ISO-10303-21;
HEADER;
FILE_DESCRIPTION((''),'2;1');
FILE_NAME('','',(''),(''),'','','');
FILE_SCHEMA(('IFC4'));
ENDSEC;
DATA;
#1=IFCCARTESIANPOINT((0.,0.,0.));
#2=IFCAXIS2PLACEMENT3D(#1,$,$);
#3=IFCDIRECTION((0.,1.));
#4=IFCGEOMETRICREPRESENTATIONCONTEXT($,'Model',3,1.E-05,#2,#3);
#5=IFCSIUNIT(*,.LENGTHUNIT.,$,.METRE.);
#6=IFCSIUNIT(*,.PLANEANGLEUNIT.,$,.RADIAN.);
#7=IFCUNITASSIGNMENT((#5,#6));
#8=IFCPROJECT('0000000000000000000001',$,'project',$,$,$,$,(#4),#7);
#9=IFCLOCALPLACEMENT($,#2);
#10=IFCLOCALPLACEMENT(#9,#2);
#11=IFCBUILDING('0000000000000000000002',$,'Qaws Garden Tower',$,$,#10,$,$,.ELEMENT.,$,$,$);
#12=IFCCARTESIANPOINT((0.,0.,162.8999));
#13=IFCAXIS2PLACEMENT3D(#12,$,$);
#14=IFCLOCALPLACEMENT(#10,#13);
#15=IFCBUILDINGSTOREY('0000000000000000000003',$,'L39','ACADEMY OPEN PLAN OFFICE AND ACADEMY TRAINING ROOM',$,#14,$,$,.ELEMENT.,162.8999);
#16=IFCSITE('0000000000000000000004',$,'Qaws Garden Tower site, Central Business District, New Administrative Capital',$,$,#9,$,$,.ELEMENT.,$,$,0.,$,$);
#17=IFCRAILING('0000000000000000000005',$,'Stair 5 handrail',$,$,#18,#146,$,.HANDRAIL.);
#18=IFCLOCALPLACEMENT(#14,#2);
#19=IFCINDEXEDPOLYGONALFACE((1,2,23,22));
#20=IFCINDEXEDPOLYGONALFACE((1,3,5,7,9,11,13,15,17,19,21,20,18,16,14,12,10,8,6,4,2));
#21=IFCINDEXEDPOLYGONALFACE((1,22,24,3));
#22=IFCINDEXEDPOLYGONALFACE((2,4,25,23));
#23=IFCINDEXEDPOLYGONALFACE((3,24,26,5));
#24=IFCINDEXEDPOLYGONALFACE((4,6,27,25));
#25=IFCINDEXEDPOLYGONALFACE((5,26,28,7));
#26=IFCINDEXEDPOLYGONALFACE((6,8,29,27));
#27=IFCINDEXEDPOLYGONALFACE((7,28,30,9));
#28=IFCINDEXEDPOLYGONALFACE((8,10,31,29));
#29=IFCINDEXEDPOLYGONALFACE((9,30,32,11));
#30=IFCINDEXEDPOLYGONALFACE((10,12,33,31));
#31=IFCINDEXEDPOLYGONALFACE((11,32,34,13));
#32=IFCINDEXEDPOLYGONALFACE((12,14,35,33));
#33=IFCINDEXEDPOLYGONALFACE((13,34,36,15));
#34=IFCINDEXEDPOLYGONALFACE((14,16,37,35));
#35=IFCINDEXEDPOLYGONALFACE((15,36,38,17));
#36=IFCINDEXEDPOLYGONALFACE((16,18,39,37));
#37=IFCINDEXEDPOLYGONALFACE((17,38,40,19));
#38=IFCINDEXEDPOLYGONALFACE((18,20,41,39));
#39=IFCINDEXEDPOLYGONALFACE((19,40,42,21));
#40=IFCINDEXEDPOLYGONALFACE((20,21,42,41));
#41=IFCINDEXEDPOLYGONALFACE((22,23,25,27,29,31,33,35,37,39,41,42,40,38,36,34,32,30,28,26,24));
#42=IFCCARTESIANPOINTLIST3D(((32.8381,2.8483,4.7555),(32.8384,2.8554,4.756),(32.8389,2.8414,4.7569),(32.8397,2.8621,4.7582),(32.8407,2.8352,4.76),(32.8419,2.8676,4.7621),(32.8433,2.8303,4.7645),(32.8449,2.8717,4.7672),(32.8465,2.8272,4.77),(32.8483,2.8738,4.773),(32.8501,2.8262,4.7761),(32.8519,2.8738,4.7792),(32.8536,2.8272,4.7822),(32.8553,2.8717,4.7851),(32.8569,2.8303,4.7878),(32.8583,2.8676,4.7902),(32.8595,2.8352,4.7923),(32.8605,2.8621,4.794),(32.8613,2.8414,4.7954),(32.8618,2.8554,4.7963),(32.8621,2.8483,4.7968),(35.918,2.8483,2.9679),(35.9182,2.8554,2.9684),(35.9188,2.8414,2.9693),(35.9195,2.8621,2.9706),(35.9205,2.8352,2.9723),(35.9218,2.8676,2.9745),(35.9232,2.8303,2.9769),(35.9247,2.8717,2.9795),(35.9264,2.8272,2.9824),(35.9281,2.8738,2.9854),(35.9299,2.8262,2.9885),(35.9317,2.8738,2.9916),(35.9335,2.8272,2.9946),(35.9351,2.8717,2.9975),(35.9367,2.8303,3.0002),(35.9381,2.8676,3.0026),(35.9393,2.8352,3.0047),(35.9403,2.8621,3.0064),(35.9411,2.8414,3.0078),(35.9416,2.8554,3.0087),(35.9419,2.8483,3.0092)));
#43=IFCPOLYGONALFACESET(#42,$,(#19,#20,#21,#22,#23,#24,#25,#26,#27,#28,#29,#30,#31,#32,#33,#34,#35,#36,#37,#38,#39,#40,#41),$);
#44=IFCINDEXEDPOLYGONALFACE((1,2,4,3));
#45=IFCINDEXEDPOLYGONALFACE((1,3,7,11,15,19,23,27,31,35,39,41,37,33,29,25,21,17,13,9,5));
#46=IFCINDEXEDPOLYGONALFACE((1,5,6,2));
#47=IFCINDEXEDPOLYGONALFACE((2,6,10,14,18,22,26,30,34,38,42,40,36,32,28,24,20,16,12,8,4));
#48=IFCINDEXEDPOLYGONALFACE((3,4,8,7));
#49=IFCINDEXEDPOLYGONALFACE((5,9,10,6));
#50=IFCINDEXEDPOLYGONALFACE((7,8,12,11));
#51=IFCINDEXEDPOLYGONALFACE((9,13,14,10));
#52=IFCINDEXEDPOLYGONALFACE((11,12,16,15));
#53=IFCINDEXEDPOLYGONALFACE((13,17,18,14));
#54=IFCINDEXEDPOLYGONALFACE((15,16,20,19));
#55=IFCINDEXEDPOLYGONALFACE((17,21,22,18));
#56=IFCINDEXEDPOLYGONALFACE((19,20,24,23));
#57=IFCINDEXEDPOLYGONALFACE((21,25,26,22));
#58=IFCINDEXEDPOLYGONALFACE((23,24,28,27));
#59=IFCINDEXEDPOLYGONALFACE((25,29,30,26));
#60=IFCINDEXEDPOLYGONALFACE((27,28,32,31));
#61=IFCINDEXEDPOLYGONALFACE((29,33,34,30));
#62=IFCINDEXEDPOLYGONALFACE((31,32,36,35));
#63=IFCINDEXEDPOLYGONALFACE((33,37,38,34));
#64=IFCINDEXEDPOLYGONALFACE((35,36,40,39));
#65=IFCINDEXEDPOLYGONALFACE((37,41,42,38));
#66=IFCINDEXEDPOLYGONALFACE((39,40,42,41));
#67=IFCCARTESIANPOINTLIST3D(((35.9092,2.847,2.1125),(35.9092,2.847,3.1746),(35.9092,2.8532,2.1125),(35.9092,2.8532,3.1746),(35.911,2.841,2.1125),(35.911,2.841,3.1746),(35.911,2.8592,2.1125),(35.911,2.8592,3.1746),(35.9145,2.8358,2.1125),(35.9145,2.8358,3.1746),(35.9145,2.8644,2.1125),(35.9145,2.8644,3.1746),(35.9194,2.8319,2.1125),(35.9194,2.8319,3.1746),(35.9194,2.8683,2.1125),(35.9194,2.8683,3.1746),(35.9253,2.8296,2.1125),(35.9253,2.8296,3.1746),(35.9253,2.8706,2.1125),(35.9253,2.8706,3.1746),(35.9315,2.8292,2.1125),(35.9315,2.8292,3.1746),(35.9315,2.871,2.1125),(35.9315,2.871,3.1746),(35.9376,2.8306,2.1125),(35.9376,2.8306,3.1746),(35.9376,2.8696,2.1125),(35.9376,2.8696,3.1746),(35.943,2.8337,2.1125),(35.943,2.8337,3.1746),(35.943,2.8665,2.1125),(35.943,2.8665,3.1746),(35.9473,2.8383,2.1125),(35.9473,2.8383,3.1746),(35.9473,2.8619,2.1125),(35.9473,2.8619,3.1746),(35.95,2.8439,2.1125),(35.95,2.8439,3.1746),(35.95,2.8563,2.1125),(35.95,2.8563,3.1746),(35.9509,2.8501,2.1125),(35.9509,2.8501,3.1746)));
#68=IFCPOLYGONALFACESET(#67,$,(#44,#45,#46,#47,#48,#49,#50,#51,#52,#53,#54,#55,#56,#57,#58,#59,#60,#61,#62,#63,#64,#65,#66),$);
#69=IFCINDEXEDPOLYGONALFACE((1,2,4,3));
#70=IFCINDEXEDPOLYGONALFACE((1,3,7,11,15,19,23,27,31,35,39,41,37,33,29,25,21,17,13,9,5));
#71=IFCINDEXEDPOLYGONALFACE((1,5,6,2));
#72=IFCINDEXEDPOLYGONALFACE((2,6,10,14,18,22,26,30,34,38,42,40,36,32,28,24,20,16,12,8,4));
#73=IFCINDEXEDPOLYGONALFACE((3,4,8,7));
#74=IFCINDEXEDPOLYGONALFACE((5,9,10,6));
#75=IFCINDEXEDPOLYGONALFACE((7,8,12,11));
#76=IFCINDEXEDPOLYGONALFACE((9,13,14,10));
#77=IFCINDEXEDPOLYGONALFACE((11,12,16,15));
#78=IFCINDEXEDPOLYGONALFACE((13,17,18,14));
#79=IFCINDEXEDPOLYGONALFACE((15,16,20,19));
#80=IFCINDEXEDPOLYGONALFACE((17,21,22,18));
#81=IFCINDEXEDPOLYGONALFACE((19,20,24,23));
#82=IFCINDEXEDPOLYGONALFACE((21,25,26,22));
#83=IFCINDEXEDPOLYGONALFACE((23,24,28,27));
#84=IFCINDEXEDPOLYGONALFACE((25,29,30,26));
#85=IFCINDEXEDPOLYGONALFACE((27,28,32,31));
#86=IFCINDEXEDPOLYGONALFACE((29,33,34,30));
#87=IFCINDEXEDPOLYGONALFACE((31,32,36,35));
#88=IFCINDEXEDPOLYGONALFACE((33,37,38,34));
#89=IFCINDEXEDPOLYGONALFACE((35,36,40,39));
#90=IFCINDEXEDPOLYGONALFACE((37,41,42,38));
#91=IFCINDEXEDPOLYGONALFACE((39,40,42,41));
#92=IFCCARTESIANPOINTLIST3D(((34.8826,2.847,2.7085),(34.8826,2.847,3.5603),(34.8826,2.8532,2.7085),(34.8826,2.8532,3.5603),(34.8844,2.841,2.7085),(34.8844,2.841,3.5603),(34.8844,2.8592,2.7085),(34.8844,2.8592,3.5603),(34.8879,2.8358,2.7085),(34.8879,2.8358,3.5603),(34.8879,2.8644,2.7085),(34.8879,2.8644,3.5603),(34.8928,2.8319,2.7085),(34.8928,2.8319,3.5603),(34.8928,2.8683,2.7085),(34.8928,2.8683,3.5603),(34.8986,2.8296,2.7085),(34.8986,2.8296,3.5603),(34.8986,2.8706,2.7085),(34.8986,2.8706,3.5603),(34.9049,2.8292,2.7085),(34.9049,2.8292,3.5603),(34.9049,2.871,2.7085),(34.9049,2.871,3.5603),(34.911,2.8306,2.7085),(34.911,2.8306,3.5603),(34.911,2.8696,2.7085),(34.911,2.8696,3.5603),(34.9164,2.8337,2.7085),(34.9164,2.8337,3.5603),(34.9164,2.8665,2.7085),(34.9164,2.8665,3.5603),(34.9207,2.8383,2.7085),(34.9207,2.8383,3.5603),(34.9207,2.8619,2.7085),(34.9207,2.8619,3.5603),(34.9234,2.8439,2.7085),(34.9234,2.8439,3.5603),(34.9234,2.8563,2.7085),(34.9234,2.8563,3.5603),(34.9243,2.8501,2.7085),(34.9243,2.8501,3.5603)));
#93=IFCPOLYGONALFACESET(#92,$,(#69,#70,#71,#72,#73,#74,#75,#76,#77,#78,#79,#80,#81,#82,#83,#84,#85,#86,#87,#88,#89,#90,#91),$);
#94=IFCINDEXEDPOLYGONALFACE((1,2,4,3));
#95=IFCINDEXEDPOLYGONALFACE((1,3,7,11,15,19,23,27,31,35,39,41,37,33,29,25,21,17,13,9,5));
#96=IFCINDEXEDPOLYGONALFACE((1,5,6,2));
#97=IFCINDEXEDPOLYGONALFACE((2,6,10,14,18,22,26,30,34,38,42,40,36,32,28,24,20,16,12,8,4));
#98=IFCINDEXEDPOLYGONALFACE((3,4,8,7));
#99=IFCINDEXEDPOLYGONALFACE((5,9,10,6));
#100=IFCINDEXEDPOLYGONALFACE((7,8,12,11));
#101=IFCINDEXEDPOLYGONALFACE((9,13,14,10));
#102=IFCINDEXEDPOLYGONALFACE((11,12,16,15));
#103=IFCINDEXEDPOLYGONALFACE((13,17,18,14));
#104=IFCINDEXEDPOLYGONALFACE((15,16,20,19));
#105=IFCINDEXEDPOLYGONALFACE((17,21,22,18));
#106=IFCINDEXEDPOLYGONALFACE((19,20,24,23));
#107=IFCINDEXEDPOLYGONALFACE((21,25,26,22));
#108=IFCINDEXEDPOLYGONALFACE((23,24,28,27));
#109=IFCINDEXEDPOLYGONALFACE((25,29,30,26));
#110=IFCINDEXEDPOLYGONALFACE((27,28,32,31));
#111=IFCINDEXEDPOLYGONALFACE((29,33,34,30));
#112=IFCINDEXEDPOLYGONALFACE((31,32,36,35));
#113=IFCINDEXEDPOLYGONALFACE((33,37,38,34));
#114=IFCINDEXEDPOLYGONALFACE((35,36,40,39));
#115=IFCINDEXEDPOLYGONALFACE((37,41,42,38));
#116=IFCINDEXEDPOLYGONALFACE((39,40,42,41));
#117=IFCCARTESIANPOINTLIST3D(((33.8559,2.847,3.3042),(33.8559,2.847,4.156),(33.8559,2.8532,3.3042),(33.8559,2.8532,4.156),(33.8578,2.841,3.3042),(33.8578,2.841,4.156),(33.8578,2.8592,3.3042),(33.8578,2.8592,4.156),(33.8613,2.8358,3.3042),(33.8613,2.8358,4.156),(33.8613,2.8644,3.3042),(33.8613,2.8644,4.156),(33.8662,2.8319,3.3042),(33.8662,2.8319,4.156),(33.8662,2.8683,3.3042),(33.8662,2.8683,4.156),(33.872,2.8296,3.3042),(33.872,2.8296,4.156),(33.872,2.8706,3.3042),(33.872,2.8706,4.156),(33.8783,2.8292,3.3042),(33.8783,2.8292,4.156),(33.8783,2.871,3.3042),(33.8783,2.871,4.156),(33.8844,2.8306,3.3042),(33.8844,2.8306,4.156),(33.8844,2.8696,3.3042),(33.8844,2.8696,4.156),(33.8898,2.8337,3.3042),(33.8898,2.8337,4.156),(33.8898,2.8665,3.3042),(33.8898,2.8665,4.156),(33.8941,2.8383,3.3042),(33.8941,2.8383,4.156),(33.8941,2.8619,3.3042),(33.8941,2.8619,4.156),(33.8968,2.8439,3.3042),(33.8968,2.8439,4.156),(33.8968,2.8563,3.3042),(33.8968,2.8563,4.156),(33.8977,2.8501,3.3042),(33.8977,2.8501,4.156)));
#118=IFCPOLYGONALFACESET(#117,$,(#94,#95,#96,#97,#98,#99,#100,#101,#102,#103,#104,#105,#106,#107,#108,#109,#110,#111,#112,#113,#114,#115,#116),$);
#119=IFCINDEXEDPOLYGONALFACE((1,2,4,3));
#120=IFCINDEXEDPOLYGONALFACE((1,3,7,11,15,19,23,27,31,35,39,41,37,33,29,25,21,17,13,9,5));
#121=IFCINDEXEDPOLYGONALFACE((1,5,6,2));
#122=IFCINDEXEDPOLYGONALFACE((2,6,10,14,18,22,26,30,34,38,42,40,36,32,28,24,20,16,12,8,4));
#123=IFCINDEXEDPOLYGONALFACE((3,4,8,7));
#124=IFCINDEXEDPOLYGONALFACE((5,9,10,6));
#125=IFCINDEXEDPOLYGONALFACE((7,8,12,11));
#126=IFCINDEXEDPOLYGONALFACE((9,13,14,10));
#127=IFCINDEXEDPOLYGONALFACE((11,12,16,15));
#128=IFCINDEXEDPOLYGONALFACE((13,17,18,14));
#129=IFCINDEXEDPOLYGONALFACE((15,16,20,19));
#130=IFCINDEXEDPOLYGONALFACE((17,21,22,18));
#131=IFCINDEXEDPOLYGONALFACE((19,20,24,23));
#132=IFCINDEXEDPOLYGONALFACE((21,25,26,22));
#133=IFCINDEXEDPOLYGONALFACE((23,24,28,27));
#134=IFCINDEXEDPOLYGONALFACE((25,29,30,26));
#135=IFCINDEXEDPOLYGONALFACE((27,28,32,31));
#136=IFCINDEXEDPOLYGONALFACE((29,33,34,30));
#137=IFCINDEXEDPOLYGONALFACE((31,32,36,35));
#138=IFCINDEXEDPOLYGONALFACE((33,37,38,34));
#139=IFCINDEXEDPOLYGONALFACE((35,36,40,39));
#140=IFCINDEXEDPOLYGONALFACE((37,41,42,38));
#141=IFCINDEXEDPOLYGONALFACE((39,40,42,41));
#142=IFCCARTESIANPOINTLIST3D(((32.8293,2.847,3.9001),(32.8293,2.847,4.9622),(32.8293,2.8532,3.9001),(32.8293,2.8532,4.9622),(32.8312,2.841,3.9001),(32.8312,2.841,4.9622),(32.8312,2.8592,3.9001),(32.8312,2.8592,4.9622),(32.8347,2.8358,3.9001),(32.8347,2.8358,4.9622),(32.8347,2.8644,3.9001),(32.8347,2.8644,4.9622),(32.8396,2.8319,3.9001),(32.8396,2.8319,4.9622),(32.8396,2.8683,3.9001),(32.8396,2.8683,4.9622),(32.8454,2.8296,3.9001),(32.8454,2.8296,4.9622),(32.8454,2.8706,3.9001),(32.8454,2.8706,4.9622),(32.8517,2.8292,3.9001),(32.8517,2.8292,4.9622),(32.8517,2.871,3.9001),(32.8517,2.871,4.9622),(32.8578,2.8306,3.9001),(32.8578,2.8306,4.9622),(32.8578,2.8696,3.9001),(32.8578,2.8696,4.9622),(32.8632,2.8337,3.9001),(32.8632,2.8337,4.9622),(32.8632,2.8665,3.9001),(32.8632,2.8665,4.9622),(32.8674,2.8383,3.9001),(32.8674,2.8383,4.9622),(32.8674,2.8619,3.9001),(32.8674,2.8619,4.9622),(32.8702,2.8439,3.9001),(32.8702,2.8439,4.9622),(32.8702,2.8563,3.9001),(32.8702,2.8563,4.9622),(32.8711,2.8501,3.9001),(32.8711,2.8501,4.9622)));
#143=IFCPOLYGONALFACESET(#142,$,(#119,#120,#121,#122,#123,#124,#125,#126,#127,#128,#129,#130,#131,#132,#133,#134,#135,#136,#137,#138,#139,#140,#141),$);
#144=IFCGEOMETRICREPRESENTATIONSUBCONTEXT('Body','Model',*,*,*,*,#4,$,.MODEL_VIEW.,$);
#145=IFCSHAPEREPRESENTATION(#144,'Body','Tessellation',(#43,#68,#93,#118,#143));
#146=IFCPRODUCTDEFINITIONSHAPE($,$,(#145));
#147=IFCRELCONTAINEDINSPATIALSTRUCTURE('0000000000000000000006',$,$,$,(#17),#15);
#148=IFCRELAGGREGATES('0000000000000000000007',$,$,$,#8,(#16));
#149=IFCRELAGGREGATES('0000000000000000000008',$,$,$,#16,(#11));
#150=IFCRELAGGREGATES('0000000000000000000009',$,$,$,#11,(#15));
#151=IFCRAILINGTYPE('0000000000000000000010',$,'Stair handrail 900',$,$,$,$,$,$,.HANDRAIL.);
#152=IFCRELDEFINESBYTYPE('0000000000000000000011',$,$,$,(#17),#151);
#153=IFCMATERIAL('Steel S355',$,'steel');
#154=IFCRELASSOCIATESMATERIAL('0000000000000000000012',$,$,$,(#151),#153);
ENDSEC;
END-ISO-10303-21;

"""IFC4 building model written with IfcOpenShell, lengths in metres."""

from ifc_helpers import new_model, si_unit, direction, frame, origin, origin_2d, place, context, subcontext, project, spatial, circle, extrude, material, type_object, element, save


model = new_model("IFC4")

# Units and contexts
model_context = context("Model", 3, precision=1e-05, world=origin(), true_north=direction((0.0, 1.0)))
body_context = subcontext(model_context, "Body", "Model", "MODEL_VIEW")
ifc_project = project(units=[si_unit("LENGTHUNIT", "METRE"), si_unit("PLANEANGLEUNIT", "RADIAN")], contexts=[model_context])

# Site, building, storey
site_placement = place(None, origin())
site = spatial("IfcSite", under=ifc_project, at=site_placement, Name="Qaws Garden Tower site, Central Business District, New Administrative Capital", CompositionType="ELEMENT", RefElevation=0.0)
building_placement = place(site_placement, origin())
building = spatial("IfcBuilding", under=site, at=building_placement, Name="Qaws Garden Tower", CompositionType="ELEMENT")
storey_placement = place(building_placement, frame((0.0, 0.0, 162.8999)))
storey = spatial("IfcBuildingStorey", under=building, at=storey_placement, Name="L39", Description="ACADEMY OPEN PLAN OFFICE AND ACADEMY TRAINING ROOM", CompositionType="ELEMENT", Elevation=162.8999)

# Railing
ifc_material_1 = material(Name="Steel S355", Category="steel")
railing_type = type_object("IfcRailingType", Name="Stair handrail 900", PredefinedType="HANDRAIL", material=ifc_material_1)
railing_1_placement = place(storey_placement, frame((35.9299, 2.8501, 2.1125)))
element("IfcRailing", 1, at=railing_1_placement, inside=storey, type_object=railing_type, Name="Stair 5 handrail", PredefinedType="HANDRAIL", context=body_context, shape_type="SweptSolid", body=[
    extrude(circle(Radius=0.0239, at=origin_2d()), frame((0.0, 0.0, 0.876), z_axis=(-0.864873, 0.0, 0.50199), x_axis=(0.0, -1.0, 0.0)), (0.0, 0.0, 1.0), 3.561),
    extrude(circle(Radius=0.021, at=origin_2d()), origin(), (0.0, 0.0, 1.0), 1.062),
    extrude(circle(Radius=0.021, at=origin_2d()), frame((-1.0266, 0.0, 0.5959)), (0.0, 0.0, 1.0), 0.8518),
    extrude(circle(Radius=0.021, at=origin_2d()), frame((-2.0532, 0.0, 1.1917)), (0.0, 0.0, 1.0), 0.8518),
    extrude(circle(Radius=0.021, at=origin_2d()), frame((-3.0798, 0.0, 1.7876)), (0.0, 0.0, 1.0), 1.062),
])

save(model, "model.ifc")
